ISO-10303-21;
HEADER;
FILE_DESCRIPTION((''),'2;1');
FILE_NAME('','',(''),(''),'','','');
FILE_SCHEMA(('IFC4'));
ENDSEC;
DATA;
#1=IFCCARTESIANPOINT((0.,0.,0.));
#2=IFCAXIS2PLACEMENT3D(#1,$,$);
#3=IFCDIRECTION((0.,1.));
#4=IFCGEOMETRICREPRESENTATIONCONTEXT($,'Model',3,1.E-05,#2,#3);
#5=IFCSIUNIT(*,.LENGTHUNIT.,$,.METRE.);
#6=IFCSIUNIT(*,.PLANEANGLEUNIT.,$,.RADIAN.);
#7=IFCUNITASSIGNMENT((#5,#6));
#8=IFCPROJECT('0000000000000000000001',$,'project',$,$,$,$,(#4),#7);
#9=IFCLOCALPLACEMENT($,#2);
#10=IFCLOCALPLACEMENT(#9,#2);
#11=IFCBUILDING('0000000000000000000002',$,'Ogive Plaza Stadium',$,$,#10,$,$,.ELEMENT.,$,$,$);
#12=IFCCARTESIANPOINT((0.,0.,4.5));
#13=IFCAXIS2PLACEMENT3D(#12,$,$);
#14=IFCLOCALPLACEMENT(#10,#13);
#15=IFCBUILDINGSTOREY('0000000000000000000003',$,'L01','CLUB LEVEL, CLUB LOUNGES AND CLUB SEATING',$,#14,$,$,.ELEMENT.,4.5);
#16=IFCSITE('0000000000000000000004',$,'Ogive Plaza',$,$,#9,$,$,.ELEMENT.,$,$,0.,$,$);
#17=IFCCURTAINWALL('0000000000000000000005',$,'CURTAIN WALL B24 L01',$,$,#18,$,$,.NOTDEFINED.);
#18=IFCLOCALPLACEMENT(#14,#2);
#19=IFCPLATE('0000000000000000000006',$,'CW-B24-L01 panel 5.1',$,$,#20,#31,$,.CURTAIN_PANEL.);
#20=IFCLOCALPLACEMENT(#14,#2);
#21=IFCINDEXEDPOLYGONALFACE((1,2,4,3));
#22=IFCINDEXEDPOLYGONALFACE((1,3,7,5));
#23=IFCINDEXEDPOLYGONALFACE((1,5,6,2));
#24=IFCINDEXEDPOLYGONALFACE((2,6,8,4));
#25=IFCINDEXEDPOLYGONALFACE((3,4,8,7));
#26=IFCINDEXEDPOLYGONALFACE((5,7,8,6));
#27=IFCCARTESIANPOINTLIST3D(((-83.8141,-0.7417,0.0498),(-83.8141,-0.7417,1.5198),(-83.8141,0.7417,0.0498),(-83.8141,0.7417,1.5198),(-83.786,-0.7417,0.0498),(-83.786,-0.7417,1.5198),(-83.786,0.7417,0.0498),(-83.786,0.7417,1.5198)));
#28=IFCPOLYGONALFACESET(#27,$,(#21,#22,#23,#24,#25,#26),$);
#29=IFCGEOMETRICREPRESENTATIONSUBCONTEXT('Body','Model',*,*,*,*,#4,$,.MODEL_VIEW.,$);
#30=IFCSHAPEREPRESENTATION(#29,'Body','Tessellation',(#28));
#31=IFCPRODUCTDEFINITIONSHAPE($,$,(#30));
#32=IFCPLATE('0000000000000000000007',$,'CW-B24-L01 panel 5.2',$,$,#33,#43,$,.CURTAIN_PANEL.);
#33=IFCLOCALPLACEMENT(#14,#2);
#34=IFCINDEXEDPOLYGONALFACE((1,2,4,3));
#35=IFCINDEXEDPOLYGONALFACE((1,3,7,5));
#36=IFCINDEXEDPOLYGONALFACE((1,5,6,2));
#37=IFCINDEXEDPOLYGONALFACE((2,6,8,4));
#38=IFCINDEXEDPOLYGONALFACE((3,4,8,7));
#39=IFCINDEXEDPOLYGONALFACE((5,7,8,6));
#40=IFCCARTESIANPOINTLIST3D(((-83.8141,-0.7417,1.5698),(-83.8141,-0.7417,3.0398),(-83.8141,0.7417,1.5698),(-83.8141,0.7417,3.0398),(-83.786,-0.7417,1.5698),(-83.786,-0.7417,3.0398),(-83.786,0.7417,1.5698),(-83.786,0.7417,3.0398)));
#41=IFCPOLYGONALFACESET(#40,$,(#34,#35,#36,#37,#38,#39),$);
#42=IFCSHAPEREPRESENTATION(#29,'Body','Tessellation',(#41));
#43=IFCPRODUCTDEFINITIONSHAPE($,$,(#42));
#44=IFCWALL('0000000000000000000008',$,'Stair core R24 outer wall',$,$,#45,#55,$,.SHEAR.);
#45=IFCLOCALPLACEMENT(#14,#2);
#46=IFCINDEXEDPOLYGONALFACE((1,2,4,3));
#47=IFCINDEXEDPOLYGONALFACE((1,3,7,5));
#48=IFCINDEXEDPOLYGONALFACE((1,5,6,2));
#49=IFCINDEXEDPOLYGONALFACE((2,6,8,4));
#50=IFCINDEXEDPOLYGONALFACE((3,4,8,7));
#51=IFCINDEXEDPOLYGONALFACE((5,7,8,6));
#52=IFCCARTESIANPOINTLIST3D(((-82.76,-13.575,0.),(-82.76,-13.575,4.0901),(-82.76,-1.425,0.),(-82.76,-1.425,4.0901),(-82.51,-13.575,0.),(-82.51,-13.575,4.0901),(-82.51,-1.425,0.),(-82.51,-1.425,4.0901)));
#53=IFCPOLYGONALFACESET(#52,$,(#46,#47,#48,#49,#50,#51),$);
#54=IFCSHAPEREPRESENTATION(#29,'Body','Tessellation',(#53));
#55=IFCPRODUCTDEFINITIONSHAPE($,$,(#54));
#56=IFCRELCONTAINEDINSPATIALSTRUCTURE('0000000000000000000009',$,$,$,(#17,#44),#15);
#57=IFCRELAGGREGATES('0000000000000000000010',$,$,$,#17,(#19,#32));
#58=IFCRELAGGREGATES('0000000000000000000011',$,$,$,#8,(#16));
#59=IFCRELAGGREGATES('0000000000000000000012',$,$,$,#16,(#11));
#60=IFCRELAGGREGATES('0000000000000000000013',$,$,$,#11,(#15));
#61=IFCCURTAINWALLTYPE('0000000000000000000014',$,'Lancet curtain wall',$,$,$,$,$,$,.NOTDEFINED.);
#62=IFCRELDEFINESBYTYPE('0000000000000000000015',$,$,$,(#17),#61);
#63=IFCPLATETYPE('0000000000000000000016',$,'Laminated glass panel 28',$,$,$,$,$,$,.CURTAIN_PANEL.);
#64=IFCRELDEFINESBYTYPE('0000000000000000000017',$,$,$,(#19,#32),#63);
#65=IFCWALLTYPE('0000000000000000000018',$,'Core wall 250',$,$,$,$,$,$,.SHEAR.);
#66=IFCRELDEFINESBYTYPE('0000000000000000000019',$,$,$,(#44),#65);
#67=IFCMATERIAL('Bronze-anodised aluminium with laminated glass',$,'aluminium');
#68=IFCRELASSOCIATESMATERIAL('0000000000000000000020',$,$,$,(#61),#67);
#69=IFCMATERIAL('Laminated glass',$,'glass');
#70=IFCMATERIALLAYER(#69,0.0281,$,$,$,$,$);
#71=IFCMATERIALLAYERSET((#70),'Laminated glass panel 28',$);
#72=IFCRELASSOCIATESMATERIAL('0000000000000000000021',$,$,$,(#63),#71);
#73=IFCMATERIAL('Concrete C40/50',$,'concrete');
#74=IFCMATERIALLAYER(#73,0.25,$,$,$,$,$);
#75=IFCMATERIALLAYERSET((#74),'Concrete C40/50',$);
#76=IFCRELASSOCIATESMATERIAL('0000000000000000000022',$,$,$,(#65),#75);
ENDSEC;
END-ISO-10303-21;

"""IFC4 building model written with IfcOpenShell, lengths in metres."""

from ifc_helpers import new_model, si_unit, direction, frame, frame_2d, origin, origin_2d, place, context, subcontext, project, spatial, rectangle, extrude, material, layer, layer_set, type_object, element, aggregate, save


model = new_model("IFC4")

# Units and contexts
model_context = context("Model", 3, precision=1e-05, world=origin(), true_north=direction((0.0, 1.0)))
body_context = subcontext(model_context, "Body", "Model", "MODEL_VIEW")
ifc_project = project(units=[si_unit("LENGTHUNIT", "METRE"), si_unit("PLANEANGLEUNIT", "RADIAN")], contexts=[model_context])

# Site, building, storey
site_placement = place(None, origin())
site = spatial("IfcSite", under=ifc_project, at=site_placement, Name="Ogive Plaza", CompositionType="ELEMENT", RefElevation=0.0)
building_placement = place(site_placement, origin())
building = spatial("IfcBuilding", under=site, at=building_placement, Name="Ogive Plaza Stadium", CompositionType="ELEMENT")
storey_placement = place(building_placement, frame((0.0, 0.0, 4.5)))
storey = spatial("IfcBuildingStorey", under=building, at=storey_placement, Name="L01", Description="CLUB LEVEL, CLUB LOUNGES AND CLUB SEATING", CompositionType="ELEMENT", Elevation=4.5)

# Curtain wall
ifc_material_1 = material(Name="Bronze-anodised aluminium with laminated glass", Category="aluminium")
curtain_wall_type = type_object("IfcCurtainWallType", Name="Lancet curtain wall", PredefinedType="NOTDEFINED", material=ifc_material_1)
curtain_wall_placement = place(storey_placement, origin())
curtain_wall = element("IfcCurtainWall", 1, at=curtain_wall_placement, inside=storey, type_object=curtain_wall_type, Name="CURTAIN WALL B24 L01", PredefinedType="NOTDEFINED")

# Plates
ifc_material_2 = material(Name="Laminated glass", Category="glass")
ifc_layer_1 = layer(ifc_material_2, 0.0281)
ifc_layer_set_1 = layer_set([ifc_layer_1], Name="Laminated glass panel 28")
plate_type = type_object("IfcPlateType", Name="Laminated glass panel 28", PredefinedType="CURTAIN_PANEL", material=ifc_layer_set_1)
plate_1_placement = place(storey_placement, frame((-83.8, 0.0, 0.0498), z_axis=(0.0, 0.0, 1.0), x_axis=(0.0, 1.0, 0.0)))
plate_1 = element("IfcPlate", 2, at=plate_1_placement, type_object=plate_type, Name="CW-B24-L01 panel 5.1", PredefinedType="CURTAIN_PANEL", context=body_context, shape_type="SweptSolid", body=[
    extrude(rectangle(XDim=1.4834, YDim=0.0281, at=origin_2d()), origin(), (0.0, 0.0, 1.0), 1.47),
])
plate_2_placement = place(storey_placement, frame((-83.8, 0.0, 1.5698), z_axis=(0.0, 0.0, 1.0), x_axis=(0.0, 1.0, 0.0)))
plate_2 = element("IfcPlate", 3, at=plate_2_placement, type_object=plate_type, Name="CW-B24-L01 panel 5.2", PredefinedType="CURTAIN_PANEL", context=body_context, shape_type="SweptSolid", body=[
    extrude(rectangle(XDim=1.4834, YDim=0.0281, at=origin_2d()), origin(), (0.0, 0.0, 1.0), 1.47),
])
aggregate(curtain_wall, [plate_1, plate_2])

# Wall
ifc_material_3 = material(Name="Concrete C40/50", Category="concrete")
ifc_layer_2 = layer(ifc_material_3, 0.25)
ifc_layer_set_2 = layer_set([ifc_layer_2], Name="Concrete C40/50")
wall_type = type_object("IfcWallType", Name="Core wall 250", PredefinedType="SHEAR", material=ifc_layer_set_2)
wall_placement = place(storey_placement, frame((-82.635, -1.425, 0.0), z_axis=(0.0, 0.0, 1.0), x_axis=(0.0, -1.0, 0.0)))
element("IfcWall", 4, at=wall_placement, inside=storey, type_object=wall_type, Name="Stair core R24 outer wall", PredefinedType="SHEAR", context=body_context, shape_type="SweptSolid", body=[
    extrude(rectangle(XDim=12.1499, YDim=0.25, at=frame_2d((6.075, 0.0))), origin(), (0.0, 0.0, 1.0), 4.0901),
])

save(model, "model.ifc")
